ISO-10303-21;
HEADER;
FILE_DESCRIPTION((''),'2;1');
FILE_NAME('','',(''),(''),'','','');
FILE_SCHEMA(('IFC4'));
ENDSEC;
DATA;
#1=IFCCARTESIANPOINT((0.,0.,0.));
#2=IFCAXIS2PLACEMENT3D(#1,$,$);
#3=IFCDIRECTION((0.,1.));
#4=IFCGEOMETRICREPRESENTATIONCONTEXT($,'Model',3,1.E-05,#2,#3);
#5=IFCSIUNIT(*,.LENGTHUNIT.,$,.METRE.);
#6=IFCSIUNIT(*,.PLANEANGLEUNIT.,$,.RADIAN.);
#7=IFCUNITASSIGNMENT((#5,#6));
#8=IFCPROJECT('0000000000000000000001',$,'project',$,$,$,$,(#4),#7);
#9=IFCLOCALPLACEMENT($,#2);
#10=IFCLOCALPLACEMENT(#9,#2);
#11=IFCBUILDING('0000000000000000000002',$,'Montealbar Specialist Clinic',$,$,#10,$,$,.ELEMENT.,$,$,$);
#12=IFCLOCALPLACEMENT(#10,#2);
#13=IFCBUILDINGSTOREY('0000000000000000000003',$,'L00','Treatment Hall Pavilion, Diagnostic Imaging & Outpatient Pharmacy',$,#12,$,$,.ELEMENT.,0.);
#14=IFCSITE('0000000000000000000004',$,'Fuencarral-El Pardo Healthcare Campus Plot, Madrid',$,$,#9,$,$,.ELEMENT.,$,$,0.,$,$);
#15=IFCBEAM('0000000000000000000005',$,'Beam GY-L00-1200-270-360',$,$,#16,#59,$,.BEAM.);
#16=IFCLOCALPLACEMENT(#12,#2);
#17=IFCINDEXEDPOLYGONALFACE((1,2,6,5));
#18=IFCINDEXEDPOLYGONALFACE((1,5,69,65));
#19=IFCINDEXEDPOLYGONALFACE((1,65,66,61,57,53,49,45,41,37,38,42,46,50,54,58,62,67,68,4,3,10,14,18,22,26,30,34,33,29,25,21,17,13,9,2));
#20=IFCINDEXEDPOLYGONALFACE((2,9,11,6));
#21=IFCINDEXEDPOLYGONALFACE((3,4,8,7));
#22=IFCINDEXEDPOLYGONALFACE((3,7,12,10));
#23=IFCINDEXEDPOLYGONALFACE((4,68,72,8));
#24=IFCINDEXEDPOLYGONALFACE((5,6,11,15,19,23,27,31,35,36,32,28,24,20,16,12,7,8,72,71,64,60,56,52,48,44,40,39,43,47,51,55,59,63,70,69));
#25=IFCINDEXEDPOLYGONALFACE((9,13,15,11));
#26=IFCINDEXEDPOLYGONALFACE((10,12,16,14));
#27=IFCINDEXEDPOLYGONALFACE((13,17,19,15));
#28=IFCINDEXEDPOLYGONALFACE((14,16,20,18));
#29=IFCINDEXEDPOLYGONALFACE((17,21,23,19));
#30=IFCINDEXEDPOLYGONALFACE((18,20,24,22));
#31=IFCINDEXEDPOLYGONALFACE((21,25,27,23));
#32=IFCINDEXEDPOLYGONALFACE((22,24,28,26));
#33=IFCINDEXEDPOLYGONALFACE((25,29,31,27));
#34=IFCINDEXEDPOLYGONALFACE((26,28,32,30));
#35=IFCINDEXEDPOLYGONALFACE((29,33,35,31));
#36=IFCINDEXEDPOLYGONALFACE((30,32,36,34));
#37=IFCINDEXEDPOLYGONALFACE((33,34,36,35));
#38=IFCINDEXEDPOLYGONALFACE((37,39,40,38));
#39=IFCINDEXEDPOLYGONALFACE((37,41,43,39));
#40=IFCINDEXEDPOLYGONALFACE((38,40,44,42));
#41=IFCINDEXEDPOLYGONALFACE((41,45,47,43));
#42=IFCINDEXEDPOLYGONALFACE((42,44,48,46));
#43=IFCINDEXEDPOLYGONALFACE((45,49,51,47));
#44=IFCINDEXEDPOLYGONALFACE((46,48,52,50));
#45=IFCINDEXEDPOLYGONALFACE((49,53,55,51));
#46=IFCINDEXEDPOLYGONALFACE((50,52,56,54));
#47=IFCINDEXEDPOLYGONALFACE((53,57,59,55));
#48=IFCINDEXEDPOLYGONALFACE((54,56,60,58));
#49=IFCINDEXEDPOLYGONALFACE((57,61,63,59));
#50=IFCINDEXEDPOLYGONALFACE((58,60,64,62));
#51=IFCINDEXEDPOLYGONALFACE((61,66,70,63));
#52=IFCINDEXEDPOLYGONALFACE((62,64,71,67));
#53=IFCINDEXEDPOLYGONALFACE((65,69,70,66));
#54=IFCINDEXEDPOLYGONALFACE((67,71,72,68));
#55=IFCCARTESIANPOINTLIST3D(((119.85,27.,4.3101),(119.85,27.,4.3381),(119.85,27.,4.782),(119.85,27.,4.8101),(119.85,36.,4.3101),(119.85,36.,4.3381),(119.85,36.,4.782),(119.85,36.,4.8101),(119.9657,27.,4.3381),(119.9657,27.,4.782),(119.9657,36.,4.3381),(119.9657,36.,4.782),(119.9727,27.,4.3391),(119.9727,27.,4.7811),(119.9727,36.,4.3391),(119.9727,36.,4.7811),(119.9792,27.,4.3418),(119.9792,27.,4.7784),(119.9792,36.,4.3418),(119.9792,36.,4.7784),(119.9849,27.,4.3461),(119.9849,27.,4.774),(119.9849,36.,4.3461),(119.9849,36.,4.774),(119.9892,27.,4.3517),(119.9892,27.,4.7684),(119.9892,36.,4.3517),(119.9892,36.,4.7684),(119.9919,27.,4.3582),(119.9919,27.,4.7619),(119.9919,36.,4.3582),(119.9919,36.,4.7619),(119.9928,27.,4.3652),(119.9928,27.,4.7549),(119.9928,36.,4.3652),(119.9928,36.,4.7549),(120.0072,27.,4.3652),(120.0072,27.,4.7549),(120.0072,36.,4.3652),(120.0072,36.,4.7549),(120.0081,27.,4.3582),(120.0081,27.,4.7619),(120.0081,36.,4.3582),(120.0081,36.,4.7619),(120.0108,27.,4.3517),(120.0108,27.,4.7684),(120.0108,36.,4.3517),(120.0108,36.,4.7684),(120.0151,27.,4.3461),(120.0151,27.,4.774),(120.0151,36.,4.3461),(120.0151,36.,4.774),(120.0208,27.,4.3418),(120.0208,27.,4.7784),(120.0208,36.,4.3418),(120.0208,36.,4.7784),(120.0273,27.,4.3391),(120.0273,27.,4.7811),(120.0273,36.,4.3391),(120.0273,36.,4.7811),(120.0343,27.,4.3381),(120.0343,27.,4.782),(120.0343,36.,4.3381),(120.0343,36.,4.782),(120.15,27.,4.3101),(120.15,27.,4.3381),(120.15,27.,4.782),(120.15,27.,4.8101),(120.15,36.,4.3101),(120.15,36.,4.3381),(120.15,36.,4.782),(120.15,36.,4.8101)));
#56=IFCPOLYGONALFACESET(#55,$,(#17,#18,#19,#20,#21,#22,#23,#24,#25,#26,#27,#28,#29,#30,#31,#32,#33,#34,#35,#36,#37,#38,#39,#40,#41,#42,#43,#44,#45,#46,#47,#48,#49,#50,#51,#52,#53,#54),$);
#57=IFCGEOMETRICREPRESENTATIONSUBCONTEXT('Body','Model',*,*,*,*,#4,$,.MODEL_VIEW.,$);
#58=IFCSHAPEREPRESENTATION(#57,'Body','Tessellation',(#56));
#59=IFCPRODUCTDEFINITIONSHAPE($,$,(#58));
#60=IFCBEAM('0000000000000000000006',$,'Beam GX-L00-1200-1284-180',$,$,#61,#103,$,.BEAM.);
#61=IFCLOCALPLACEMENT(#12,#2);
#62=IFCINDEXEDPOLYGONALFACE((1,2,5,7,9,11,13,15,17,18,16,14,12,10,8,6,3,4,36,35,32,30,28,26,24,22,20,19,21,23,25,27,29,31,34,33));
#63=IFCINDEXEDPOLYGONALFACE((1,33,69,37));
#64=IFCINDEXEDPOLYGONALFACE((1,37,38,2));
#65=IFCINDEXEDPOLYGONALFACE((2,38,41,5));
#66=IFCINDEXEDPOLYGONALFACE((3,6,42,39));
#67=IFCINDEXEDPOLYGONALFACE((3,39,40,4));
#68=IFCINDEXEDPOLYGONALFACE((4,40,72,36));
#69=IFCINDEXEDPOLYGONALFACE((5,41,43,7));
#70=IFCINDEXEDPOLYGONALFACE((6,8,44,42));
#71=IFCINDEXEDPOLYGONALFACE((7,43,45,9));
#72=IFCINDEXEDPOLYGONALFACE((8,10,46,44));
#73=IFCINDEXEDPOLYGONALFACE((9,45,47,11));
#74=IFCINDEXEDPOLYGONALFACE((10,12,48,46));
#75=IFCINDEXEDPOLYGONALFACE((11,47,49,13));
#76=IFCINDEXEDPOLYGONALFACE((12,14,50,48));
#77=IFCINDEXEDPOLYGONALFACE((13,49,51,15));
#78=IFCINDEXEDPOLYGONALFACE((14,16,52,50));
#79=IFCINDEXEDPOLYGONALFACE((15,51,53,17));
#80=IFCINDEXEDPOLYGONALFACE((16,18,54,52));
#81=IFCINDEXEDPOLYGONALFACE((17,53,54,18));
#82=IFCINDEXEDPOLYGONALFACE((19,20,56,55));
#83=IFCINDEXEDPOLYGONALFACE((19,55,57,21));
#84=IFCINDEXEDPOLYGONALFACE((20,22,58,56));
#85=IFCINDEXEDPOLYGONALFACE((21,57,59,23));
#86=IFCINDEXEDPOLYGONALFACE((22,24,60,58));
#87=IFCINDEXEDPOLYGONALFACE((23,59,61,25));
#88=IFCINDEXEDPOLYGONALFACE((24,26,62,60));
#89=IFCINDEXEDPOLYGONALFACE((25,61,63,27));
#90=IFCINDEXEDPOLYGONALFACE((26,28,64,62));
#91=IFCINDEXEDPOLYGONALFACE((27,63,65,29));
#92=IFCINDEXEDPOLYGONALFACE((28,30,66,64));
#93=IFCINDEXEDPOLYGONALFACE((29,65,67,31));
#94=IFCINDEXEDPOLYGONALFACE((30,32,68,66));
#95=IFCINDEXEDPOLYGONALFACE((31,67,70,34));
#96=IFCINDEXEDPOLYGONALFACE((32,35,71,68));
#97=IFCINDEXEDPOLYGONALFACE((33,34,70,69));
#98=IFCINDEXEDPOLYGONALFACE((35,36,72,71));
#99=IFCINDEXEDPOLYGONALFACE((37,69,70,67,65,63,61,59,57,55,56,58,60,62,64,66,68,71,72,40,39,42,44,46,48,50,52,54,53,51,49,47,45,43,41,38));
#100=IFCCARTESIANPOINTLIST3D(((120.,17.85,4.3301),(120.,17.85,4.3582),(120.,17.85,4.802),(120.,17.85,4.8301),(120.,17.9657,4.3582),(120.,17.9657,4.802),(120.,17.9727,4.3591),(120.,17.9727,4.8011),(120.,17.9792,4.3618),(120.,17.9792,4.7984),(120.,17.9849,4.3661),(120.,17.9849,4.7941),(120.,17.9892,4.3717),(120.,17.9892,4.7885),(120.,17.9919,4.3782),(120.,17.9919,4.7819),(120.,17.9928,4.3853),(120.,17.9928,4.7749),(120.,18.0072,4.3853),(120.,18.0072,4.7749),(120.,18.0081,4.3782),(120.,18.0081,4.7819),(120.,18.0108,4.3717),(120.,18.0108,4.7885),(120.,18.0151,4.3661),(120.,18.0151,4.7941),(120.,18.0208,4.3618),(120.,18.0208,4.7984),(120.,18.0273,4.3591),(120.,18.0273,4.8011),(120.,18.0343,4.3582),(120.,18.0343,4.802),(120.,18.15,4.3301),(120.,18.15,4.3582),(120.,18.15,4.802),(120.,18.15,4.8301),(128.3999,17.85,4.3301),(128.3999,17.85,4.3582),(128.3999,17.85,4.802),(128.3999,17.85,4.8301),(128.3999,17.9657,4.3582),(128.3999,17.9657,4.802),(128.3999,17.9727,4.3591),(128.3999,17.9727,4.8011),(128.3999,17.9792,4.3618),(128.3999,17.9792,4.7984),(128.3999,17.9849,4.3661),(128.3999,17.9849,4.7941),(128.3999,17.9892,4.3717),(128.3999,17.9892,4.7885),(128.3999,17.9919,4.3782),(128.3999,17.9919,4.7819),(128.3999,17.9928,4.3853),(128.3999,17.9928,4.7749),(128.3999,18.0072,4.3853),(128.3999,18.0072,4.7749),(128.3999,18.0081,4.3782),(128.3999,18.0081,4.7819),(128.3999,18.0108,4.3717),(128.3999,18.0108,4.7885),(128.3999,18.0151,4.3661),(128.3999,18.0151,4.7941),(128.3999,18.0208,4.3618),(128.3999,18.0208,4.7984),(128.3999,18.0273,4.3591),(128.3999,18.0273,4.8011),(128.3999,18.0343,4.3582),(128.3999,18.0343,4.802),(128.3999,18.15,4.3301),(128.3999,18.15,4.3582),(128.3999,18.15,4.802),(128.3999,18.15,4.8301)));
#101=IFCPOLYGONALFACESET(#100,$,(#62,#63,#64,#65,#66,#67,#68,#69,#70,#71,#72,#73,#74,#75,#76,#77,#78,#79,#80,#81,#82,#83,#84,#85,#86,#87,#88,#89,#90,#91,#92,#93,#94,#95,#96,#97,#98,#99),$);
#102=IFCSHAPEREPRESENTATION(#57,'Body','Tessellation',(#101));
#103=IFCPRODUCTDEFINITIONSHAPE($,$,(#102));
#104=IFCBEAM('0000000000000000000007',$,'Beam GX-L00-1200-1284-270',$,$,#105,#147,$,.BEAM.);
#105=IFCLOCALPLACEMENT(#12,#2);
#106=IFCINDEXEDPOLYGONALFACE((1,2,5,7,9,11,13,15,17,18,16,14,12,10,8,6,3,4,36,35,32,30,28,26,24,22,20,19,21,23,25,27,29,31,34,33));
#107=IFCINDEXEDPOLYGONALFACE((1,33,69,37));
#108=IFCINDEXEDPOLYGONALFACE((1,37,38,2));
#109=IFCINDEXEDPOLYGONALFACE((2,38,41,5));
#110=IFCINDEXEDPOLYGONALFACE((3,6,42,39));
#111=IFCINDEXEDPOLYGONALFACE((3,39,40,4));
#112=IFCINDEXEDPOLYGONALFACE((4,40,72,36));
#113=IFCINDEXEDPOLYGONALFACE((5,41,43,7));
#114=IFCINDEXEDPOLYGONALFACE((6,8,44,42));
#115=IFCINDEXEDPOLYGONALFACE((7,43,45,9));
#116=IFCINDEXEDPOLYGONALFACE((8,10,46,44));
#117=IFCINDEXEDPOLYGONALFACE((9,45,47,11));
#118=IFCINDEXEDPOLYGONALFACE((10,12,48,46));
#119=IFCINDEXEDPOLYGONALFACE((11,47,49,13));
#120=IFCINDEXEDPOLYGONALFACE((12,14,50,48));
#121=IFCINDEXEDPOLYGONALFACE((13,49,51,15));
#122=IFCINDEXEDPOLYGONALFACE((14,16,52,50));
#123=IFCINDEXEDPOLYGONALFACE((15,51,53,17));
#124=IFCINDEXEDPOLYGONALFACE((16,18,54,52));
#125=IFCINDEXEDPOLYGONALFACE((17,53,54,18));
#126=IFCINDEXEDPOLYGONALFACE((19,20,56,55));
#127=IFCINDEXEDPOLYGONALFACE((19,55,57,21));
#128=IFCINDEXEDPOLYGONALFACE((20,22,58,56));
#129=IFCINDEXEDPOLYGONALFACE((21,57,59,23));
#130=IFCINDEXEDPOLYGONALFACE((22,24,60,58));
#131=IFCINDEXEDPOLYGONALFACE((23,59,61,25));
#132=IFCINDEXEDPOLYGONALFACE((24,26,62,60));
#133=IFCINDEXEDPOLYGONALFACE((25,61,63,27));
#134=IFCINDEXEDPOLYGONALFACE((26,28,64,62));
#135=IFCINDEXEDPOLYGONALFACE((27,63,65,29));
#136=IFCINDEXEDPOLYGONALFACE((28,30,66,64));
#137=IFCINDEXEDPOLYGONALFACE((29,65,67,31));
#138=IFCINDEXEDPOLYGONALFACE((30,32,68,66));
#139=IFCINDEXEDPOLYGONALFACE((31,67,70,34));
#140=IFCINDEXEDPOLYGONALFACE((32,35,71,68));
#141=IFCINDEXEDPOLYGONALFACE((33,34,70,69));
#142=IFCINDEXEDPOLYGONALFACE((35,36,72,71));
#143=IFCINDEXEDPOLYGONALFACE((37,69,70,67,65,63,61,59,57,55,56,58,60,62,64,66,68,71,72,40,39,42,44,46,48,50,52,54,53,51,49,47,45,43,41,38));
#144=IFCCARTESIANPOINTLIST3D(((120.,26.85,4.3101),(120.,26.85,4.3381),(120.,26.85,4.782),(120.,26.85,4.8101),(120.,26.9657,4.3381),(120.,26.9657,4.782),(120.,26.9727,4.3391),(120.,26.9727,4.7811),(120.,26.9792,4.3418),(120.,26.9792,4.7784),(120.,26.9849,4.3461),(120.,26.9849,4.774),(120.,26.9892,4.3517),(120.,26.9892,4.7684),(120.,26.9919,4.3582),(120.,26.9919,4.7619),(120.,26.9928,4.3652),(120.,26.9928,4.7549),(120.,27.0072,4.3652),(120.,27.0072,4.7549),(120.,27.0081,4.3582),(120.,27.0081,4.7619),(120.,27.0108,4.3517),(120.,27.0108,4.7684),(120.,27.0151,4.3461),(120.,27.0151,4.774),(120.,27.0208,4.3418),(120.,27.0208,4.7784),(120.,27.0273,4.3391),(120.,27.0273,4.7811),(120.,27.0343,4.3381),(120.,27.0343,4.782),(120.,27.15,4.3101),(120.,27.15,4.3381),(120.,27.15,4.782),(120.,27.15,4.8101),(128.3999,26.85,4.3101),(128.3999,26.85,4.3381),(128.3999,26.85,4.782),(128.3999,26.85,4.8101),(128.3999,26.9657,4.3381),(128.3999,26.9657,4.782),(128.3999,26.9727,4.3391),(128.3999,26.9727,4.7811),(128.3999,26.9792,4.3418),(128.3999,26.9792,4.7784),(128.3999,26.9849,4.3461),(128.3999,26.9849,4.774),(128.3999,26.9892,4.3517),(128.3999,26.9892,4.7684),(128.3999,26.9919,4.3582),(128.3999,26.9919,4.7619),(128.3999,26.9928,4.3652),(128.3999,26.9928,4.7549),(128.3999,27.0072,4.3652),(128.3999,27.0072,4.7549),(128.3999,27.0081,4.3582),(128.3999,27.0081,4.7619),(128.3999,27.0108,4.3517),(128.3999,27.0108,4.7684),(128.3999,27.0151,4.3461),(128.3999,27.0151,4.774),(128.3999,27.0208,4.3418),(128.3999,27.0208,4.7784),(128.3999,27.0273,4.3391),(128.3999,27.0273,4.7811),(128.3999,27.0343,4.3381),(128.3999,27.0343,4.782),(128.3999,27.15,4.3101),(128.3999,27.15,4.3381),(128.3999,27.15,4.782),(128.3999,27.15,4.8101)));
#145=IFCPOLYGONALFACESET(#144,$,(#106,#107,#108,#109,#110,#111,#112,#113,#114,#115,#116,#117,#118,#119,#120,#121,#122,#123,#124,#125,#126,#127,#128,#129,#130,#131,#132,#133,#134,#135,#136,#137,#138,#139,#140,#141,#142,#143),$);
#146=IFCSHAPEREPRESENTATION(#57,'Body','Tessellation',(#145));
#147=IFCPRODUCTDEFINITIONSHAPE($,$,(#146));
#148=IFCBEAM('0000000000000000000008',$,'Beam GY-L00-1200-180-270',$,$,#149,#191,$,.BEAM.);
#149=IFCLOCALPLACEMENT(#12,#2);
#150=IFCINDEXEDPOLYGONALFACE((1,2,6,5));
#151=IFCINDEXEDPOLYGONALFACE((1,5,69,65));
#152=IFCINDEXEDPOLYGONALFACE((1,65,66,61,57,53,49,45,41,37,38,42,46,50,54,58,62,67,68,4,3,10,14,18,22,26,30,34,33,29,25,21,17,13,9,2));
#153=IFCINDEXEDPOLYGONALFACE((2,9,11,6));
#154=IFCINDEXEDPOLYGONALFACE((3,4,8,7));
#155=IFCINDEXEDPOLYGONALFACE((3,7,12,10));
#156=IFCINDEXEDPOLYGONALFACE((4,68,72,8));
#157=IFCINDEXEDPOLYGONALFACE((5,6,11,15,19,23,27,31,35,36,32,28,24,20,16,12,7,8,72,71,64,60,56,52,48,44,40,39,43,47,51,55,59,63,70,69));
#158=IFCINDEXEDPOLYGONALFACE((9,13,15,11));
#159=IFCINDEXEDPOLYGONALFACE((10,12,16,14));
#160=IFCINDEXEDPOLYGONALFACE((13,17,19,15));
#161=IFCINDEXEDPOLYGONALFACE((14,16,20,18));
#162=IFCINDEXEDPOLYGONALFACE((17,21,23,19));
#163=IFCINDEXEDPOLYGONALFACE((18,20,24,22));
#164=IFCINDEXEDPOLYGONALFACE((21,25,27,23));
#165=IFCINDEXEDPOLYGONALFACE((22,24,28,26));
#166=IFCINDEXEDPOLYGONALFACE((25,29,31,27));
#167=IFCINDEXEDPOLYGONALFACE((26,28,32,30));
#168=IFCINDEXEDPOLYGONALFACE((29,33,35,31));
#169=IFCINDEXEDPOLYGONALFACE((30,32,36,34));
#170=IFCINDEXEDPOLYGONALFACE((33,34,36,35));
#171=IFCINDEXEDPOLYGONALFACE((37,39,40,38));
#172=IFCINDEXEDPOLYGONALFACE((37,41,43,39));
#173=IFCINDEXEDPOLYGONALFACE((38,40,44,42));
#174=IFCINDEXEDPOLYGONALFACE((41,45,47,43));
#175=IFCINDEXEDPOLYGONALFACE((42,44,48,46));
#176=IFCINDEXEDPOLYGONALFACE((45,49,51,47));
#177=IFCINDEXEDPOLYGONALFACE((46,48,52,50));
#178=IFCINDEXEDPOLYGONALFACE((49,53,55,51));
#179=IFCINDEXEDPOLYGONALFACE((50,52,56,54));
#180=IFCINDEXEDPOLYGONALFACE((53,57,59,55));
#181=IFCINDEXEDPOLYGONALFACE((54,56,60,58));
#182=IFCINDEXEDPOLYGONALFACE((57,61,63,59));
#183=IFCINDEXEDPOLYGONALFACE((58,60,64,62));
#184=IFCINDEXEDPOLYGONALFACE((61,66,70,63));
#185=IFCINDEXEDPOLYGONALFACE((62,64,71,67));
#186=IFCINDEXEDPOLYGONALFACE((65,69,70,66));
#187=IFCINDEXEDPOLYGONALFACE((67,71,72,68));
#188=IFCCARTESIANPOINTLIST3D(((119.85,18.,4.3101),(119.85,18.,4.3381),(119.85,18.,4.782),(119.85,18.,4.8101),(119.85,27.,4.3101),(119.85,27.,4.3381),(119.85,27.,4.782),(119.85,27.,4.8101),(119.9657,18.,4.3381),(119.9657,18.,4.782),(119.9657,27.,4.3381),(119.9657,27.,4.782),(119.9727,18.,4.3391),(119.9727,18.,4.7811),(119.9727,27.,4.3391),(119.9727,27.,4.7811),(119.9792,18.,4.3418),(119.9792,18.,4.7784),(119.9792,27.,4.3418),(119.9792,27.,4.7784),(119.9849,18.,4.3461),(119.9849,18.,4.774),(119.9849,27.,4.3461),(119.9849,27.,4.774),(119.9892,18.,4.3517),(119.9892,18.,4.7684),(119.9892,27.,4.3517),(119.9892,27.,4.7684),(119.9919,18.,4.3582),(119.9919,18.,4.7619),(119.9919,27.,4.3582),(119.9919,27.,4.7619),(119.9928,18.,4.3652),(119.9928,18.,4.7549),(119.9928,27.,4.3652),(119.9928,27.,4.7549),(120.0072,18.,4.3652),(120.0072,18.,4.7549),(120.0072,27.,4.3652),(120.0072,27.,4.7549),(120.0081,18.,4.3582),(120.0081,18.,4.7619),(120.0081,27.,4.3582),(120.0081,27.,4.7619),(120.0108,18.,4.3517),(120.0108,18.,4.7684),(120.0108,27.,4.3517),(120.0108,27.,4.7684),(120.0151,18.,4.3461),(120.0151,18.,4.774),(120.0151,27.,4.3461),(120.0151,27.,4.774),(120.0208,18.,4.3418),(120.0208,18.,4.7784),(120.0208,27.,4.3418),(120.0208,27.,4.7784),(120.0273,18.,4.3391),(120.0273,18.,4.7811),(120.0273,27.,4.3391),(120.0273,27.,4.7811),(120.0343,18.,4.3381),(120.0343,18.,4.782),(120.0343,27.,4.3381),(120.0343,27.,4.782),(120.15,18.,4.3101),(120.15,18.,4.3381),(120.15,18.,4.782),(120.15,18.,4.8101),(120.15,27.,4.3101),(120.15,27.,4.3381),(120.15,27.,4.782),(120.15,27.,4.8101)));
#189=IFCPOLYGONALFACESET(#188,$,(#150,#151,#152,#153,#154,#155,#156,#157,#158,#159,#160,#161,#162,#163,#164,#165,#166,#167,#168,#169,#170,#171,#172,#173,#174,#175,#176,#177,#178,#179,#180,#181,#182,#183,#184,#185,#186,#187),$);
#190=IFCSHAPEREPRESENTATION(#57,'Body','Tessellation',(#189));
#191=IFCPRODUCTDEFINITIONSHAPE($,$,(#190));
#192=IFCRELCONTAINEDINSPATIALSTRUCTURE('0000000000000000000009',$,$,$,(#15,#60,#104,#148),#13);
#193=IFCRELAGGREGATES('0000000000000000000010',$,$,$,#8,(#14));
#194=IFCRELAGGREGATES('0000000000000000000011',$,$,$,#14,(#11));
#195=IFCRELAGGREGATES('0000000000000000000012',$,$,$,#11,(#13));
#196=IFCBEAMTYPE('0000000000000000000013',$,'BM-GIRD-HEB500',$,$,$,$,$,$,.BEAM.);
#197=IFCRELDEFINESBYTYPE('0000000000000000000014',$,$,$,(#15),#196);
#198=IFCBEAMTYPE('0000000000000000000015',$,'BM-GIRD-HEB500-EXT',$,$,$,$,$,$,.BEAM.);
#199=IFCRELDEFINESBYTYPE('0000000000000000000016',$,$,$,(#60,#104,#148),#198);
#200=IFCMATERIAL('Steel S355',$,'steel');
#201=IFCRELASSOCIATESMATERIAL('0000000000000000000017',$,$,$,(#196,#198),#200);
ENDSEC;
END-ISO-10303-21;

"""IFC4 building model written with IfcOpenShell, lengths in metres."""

from ifc_helpers import new_model, si_unit, direction, frame, origin, origin_2d, place, context, subcontext, project, spatial, i_section, extrude, material, material_profile, profile_set, type_object, element, save


model = new_model("IFC4")

# Units and contexts
model_context = context("Model", 3, precision=1e-05, world=origin(), true_north=direction((0.0, 1.0)))
body_context = subcontext(model_context, "Body", "Model", "MODEL_VIEW")
ifc_project = project(units=[si_unit("LENGTHUNIT", "METRE"), si_unit("PLANEANGLEUNIT", "RADIAN")], contexts=[model_context])

# Site, building, storey
site_placement = place(None, origin())
site = spatial("IfcSite", under=ifc_project, at=site_placement, Name="Fuencarral-El Pardo Healthcare Campus Plot, Madrid", CompositionType="ELEMENT", RefElevation=0.0)
building_placement = place(site_placement, origin())
building = spatial("IfcBuilding", under=site, at=building_placement, Name="Montealbar Specialist Clinic", CompositionType="ELEMENT")
storey_placement = place(building_placement, origin())
storey = spatial("IfcBuildingStorey", under=building, at=storey_placement, Name="L00", Description="Treatment Hall Pavilion, Diagnostic Imaging & Outpatient Pharmacy", CompositionType="ELEMENT", Elevation=0.0)

# Shared definitions
ifc_material_1 = material(Name="Steel S355", Category="steel")

# Beams
ifc_material_profile_1 = material_profile(ifc_material_1, i_section(OverallWidth=0.3, OverallDepth=0.5, WebThickness=0.0144, FlangeThickness=0.0281, FilletRadius=0.0271, at=origin_2d()), Name="HEB 500", Category="steel")
ifc_profile_set_1 = profile_set([ifc_material_profile_1], Name="Steel S355")
beam_type_1 = type_object("IfcBeamType", Name="BM-GIRD-HEB500", PredefinedType="BEAM", material=ifc_profile_set_1)
for number, where, z_axis, x_axis, name in (
    (1, (120.0, 27.0, 4.5601), (0.0, 1.0, 0.0), (-1.0, 0.0, 0.0), "Beam GY-L00-1200-270-360"),
):
    element("IfcBeam", number, at=place(storey_placement, frame(where, z_axis=z_axis, x_axis=x_axis)), inside=storey, type_object=beam_type_1, Name=name, PredefinedType="BEAM", context=body_context, shape_type="SweptSolid", body=[
        extrude(i_section(OverallWidth=0.3, OverallDepth=0.5, WebThickness=0.0144, FlangeThickness=0.0281, FilletRadius=0.0271, at=origin_2d()), origin(), (0.0, 0.0, 1.0), 9.0),
    ])
ifc_material_profile_2 = material_profile(ifc_material_1, i_section(OverallWidth=0.3, OverallDepth=0.5, WebThickness=0.0144, FlangeThickness=0.0281, FilletRadius=0.0271, at=origin_2d()), Name="HEB 500", Category="steel")
ifc_profile_set_2 = profile_set([ifc_material_profile_2], Name="Steel S355")
beam_type_2 = type_object("IfcBeamType", Name="BM-GIRD-HEB500-EXT", PredefinedType="BEAM", material=ifc_profile_set_2)
for number, where, z_axis, x_axis, name in (
    (2, (120.0, 18.0, 4.5801), (1.0, 0.0, 0.0), (0.0, 1.0, 0.0), "Beam GX-L00-1200-1284-180"),
    (3, (120.0, 27.0, 4.5601), (1.0, 0.0, 0.0), (0.0, 1.0, 0.0), "Beam GX-L00-1200-1284-270"),
):
    element("IfcBeam", number, at=place(storey_placement, frame(where, z_axis=z_axis, x_axis=x_axis)), inside=storey, type_object=beam_type_2, Name=name, PredefinedType="BEAM", context=body_context, shape_type="SweptSolid", body=[
        extrude(i_section(OverallWidth=0.3, OverallDepth=0.5, WebThickness=0.0144, FlangeThickness=0.0281, FilletRadius=0.0271, at=origin_2d()), origin(), (0.0, 0.0, 1.0), 8.3999),
    ])
beam_1_placement = place(storey_placement, frame((120.0, 18.0, 4.5601), z_axis=(0.0, 1.0, 0.0), x_axis=(-1.0, 0.0, 0.0)))
element("IfcBeam", 4, at=beam_1_placement, inside=storey, type_object=beam_type_2, Name="Beam GY-L00-1200-180-270", PredefinedType="BEAM", context=body_context, shape_type="SweptSolid", body=[
    extrude(i_section(OverallWidth=0.3, OverallDepth=0.5, WebThickness=0.0144, FlangeThickness=0.0281, FilletRadius=0.0271, at=origin_2d()), origin(), (0.0, 0.0, 1.0), 9.0),
])

save(model, "model.ifc")
